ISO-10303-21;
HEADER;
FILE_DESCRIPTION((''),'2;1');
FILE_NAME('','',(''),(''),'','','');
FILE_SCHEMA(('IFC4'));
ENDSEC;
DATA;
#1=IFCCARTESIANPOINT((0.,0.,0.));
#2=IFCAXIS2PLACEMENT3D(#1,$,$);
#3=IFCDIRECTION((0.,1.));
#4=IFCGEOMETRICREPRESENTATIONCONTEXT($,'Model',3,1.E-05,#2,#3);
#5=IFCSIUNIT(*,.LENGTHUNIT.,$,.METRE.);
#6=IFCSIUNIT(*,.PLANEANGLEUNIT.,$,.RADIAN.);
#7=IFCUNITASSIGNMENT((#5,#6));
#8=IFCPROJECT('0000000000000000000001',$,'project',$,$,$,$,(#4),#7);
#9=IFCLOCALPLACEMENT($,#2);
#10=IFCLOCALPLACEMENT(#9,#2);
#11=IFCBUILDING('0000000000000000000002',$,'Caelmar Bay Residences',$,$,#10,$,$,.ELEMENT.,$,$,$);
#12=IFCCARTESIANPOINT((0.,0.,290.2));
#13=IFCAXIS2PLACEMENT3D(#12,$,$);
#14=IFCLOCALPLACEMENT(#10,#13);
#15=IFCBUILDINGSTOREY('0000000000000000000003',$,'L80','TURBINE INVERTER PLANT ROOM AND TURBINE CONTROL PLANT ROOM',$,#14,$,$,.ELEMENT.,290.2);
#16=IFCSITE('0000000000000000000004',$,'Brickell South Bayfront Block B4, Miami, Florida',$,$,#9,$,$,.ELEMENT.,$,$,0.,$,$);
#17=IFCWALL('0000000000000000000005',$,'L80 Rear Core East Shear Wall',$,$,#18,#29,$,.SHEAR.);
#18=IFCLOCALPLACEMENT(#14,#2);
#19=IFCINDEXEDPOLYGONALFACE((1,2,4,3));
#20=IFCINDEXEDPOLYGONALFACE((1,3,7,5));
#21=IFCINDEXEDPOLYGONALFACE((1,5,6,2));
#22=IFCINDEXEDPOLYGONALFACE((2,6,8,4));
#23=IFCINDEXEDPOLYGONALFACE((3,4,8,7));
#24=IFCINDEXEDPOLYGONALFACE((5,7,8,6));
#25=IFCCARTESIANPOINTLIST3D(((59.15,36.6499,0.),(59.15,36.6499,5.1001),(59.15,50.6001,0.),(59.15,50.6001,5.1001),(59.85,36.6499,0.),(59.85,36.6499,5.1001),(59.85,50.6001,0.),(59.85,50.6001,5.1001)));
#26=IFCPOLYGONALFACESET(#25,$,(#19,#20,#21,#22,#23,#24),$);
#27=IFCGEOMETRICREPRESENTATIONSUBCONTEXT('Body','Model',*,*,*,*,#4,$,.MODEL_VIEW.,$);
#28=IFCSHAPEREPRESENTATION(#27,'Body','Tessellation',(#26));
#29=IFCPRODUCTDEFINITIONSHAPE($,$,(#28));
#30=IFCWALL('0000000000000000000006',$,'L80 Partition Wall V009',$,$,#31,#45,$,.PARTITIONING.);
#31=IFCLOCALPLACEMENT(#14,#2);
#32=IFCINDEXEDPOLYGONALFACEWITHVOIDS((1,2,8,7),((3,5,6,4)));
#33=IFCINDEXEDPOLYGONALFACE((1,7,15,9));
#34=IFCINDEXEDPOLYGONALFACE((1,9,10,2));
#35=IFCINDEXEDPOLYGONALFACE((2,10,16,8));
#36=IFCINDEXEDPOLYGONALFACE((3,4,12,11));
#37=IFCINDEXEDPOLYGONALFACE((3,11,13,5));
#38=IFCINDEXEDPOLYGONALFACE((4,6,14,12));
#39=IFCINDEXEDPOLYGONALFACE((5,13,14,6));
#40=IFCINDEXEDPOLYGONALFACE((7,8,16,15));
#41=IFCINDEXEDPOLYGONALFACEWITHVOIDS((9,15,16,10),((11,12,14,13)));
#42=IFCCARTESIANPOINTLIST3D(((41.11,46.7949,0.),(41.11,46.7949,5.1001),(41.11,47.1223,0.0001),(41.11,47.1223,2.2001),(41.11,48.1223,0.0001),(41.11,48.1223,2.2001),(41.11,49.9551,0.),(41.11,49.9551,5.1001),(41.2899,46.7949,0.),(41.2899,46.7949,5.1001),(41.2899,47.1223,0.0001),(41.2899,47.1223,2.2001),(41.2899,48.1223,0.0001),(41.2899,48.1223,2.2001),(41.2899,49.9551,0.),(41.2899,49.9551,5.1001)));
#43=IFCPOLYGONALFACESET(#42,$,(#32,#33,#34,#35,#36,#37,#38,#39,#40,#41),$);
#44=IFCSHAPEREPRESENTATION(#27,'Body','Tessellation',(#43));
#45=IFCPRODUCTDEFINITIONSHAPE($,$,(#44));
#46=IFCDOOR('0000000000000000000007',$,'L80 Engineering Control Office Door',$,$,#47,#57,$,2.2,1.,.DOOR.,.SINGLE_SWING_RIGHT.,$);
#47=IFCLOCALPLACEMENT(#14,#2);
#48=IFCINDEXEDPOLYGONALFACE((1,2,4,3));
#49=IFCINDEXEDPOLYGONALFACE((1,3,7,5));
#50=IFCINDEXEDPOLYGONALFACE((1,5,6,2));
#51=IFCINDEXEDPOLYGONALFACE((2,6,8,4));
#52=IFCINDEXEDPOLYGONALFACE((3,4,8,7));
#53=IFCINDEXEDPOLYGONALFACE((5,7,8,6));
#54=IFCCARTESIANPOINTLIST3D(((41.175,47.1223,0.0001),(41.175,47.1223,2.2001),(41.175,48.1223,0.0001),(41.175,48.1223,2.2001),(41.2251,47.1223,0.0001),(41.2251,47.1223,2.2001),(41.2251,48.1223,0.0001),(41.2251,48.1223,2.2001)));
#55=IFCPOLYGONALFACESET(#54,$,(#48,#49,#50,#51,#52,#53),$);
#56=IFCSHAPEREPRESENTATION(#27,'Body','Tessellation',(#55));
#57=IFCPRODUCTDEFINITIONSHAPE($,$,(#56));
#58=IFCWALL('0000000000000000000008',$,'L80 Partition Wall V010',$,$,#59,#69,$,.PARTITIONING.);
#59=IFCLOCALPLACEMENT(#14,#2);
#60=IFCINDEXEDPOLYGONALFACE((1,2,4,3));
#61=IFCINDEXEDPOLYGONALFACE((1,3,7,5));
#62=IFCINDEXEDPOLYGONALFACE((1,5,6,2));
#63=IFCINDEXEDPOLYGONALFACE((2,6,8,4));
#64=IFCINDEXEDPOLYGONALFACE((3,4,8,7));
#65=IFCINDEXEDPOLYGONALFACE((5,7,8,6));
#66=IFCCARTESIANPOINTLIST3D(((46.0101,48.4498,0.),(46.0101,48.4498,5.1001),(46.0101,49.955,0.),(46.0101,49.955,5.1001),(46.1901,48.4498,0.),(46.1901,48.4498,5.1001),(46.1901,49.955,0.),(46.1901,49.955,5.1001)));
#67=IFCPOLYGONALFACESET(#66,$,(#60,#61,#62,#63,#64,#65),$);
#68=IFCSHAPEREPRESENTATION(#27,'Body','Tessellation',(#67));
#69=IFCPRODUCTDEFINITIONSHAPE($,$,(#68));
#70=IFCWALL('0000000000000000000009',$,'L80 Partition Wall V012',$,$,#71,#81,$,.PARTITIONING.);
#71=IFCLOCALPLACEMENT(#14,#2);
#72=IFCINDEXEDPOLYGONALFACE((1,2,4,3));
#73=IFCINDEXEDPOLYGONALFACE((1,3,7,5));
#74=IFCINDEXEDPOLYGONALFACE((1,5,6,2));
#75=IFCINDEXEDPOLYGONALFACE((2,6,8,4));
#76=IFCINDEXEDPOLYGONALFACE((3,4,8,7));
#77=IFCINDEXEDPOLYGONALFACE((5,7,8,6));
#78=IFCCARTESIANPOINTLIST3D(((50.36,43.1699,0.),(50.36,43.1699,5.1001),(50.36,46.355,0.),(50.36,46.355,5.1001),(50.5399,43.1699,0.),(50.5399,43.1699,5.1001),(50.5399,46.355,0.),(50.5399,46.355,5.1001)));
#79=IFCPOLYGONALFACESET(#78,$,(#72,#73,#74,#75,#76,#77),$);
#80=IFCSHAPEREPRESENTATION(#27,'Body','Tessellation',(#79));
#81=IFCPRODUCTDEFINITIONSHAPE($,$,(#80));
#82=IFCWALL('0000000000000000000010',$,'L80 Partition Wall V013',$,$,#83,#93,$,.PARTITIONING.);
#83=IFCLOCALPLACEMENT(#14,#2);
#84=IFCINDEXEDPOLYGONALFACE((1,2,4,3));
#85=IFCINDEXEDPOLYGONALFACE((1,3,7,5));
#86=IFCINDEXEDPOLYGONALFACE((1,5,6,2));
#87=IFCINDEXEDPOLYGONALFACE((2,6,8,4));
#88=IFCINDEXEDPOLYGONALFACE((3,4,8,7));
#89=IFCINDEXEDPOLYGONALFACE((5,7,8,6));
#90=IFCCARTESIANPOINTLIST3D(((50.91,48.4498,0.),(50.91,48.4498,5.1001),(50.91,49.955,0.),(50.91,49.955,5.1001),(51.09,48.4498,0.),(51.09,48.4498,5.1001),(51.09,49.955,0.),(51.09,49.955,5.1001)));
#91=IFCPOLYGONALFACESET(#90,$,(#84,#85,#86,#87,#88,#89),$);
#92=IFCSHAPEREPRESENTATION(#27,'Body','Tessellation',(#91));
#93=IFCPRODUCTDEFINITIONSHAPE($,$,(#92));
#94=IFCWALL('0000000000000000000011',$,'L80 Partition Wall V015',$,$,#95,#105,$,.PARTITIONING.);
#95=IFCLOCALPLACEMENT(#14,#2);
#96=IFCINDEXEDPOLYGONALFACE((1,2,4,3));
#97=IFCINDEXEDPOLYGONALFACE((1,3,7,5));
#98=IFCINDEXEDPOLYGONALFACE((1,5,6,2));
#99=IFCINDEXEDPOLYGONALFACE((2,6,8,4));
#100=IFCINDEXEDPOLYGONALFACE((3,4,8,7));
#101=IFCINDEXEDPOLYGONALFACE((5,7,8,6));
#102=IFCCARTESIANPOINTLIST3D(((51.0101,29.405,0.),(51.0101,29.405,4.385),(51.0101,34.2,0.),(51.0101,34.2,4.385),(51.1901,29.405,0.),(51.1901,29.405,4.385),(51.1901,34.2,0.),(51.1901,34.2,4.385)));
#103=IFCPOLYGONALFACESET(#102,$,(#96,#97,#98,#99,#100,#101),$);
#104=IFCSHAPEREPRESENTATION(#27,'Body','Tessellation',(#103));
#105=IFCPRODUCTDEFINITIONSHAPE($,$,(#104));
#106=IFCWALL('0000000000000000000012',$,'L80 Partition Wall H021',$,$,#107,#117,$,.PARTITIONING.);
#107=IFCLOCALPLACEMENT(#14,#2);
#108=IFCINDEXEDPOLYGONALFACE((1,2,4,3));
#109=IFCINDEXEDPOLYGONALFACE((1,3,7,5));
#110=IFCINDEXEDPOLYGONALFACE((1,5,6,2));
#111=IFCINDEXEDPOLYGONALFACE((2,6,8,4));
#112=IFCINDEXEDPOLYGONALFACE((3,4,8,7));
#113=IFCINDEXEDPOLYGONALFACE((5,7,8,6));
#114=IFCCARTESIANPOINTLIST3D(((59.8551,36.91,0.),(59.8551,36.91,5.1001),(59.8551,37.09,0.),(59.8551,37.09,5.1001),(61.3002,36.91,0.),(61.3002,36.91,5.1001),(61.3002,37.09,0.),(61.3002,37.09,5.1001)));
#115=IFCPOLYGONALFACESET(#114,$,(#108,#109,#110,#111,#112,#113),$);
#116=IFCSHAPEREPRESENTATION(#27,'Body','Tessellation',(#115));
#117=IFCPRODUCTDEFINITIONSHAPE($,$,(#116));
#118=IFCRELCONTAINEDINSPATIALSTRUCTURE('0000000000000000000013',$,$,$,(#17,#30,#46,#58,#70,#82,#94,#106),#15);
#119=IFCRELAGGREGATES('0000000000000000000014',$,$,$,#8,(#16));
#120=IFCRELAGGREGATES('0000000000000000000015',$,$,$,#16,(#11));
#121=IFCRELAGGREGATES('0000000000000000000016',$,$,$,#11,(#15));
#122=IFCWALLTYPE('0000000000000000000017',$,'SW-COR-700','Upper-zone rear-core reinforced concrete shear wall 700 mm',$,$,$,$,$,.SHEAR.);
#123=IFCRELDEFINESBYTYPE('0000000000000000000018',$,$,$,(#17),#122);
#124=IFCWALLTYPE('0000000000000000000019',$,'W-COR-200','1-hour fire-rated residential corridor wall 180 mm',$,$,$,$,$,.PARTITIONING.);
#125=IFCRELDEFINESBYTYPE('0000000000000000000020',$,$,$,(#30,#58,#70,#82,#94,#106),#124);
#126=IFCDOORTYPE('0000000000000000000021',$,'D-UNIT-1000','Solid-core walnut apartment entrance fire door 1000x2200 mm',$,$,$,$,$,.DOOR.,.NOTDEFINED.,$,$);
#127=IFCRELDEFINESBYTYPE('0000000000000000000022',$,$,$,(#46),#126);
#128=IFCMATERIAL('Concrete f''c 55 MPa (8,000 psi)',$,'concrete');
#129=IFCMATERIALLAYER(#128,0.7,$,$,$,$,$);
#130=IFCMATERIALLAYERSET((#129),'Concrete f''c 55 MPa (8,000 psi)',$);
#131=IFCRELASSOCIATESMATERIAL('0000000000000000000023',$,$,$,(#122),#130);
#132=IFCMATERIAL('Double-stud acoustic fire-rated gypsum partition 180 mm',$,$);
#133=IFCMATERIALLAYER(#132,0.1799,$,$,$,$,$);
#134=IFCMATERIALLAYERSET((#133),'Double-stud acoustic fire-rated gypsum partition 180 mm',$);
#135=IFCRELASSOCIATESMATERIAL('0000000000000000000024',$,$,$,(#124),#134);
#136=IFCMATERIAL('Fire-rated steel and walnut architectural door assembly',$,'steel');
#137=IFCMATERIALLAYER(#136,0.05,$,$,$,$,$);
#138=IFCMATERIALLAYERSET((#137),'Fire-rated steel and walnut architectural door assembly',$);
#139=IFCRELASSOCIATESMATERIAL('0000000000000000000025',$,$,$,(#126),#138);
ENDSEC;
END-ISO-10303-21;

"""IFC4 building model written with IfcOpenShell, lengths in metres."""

from ifc_helpers import new_model, si_unit, direction, frame, frame_2d, origin, place, context, subcontext, project, spatial, rectangle, extrude, material, layer, layer_set, type_object, element, fill, save


model = new_model("IFC4")

# Units and contexts
model_context = context("Model", 3, precision=1e-05, world=origin(), true_north=direction((0.0, 1.0)))
body_context = subcontext(model_context, "Body", "Model", "MODEL_VIEW")
ifc_project = project(units=[si_unit("LENGTHUNIT", "METRE"), si_unit("PLANEANGLEUNIT", "RADIAN")], contexts=[model_context])

# Site, building, storey
site_placement = place(None, origin())
site = spatial("IfcSite", under=ifc_project, at=site_placement, Name="Brickell South Bayfront Block B4, Miami, Florida", CompositionType="ELEMENT", RefElevation=0.0)
building_placement = place(site_placement, origin())
building = spatial("IfcBuilding", under=site, at=building_placement, Name="Caelmar Bay Residences", CompositionType="ELEMENT")
storey_placement = place(building_placement, frame((0.0, 0.0, 290.2)))
storey = spatial("IfcBuildingStorey", under=building, at=storey_placement, Name="L80", Description="TURBINE INVERTER PLANT ROOM AND TURBINE CONTROL PLANT ROOM", CompositionType="ELEMENT", Elevation=290.2)

# Shared definitions
ifc_material_1 = material(Name="Concrete f'c 55 MPa (8,000 psi)", Category="concrete")

# Wall
ifc_layer_1 = layer(ifc_material_1, 0.7)
ifc_layer_set_1 = layer_set([ifc_layer_1], Name="Concrete f'c 55 MPa (8,000 psi)")
wall_type_1 = type_object("IfcWallType", Name="SW-COR-700", Description="Upper-zone rear-core reinforced concrete shear wall 700 mm", PredefinedType="SHEAR", material=ifc_layer_set_1)
wall_1_placement = place(storey_placement, frame((59.5, 36.6499, 0.0), z_axis=(0.0, 0.0, 1.0), x_axis=(0.0, 1.0, 0.0)))
element("IfcWall", 1, at=wall_1_placement, inside=storey, type_object=wall_type_1, Name="L80 Rear Core East Shear Wall", PredefinedType="SHEAR", context=body_context, shape_type="SweptSolid", body=[
    extrude(rectangle(XDim=13.9502, YDim=0.7, at=frame_2d((6.9751, 0.0))), origin(), (0.0, 0.0, 1.0), 5.1001),
])

# Wall, opening, door
ifc_material_2 = material(Name="Fire-rated steel and walnut architectural door assembly", Category="steel")
ifc_material_3 = material(Name="Double-stud acoustic fire-rated gypsum partition 180 mm")
ifc_layer_2 = layer(ifc_material_3, 0.1799)
ifc_layer_set_2 = layer_set([ifc_layer_2], Name="Double-stud acoustic fire-rated gypsum partition 180 mm")
wall_type_2 = type_object("IfcWallType", Name="W-COR-200", Description="1-hour fire-rated residential corridor wall 180 mm", PredefinedType="PARTITIONING", material=ifc_layer_set_2)
wall_2_placement = place(storey_placement, frame((41.2, 46.7949, 0.0), z_axis=(0.0, 0.0, 1.0), x_axis=(0.0, 1.0, 0.0)))
wall_2 = element("IfcWall", 2, at=wall_2_placement, inside=storey, type_object=wall_type_2, Name="L80 Partition Wall V009", PredefinedType="PARTITIONING", context=body_context, shape_type="SweptSolid", body=[
    extrude(rectangle(XDim=3.1602, YDim=0.1799, at=frame_2d((1.5801, 0.0))), origin(), (0.0, 0.0, 1.0), 5.1001),
])
opening_1_placement = place(wall_2_placement, frame((0.3274, 0.0, 0.0)))
opening_1 = element("IfcOpeningElement", 3, at=opening_1_placement, cuts=wall_2, PredefinedType="OPENING", context=body_context, shape_type="SweptSolid", body=[
    extrude(rectangle(XDim=1.0, YDim=2.2, at=frame_2d((0.5, 1.1001))), frame((0.0, 0.0999, 0.0), z_axis=(0.0, -1.0, 0.0), x_axis=(1.0, 0.0, 0.0)), (0.0, 0.0, 1.0), 0.2),
])
ifc_layer_3 = layer(ifc_material_2, 0.05)
ifc_layer_set_3 = layer_set([ifc_layer_3], Name="Fire-rated steel and walnut architectural door assembly")
door_type_1 = type_object("IfcDoorType", Name="D-UNIT-1000", Description="Solid-core walnut apartment entrance fire door 1000x2200 mm", OperationType="NOTDEFINED", PredefinedType="DOOR", material=ifc_layer_set_3)
door_1_placement = place(opening_1_placement, origin())
door_1 = element("IfcDoor", 4, at=door_1_placement, inside=storey, type_object=door_type_1, Name="L80 Engineering Control Office Door", OperationType="SINGLE_SWING_RIGHT", OverallHeight=2.2, OverallWidth=1.0, PredefinedType="DOOR", context=body_context, shape_type="SweptSolid", body=[
    extrude(rectangle(XDim=1.0, YDim=2.2, at=frame_2d((0.5, 1.1001))), frame((0.0, 0.0249, 0.0), z_axis=(0.0, -1.0, 0.0), x_axis=(1.0, 0.0, 0.0)), (0.0, 0.0, 1.0), 0.05),
])
fill(opening_1, door_1)

# Walls
wall_3_placement = place(storey_placement, frame((46.1001, 48.45, 0.0), z_axis=(0.0, 0.0, 1.0), x_axis=(0.0, 1.0, 0.0)))
element("IfcWall", 5, at=wall_3_placement, inside=storey, type_object=wall_type_2, Name="L80 Partition Wall V010", PredefinedType="PARTITIONING", context=body_context, shape_type="SweptSolid", body=[
    extrude(rectangle(XDim=1.5051, YDim=0.1799, at=frame_2d((0.7524, 0.0))), origin(), (0.0, 0.0, 1.0), 5.1001),
])
wall_4_placement = place(storey_placement, frame((50.45, 43.1699, 0.0), z_axis=(0.0, 0.0, 1.0), x_axis=(0.0, 1.0, 0.0)))
element("IfcWall", 6, at=wall_4_placement, inside=storey, type_object=wall_type_2, Name="L80 Partition Wall V012", PredefinedType="PARTITIONING", context=body_context, shape_type="SweptSolid", body=[
    extrude(rectangle(XDim=3.1851, YDim=0.1799, at=frame_2d((1.5925, 0.0))), origin(), (0.0, 0.0, 1.0), 5.1001),
])
wall_5_placement = place(storey_placement, frame((51.0, 48.45, 0.0), z_axis=(0.0, 0.0, 1.0), x_axis=(0.0, 1.0, 0.0)))
element("IfcWall", 7, at=wall_5_placement, inside=storey, type_object=wall_type_2, Name="L80 Partition Wall V013", PredefinedType="PARTITIONING", context=body_context, shape_type="SweptSolid", body=[
    extrude(rectangle(XDim=1.5051, YDim=0.1799, at=frame_2d((0.7524, 0.0))), origin(), (0.0, 0.0, 1.0), 5.1001),
])
wall_6_placement = place(storey_placement, frame((51.1001, 29.405, 0.0), z_axis=(0.0, 0.0, 1.0), x_axis=(0.0, 1.0, 0.0)))
element("IfcWall", 8, at=wall_6_placement, inside=storey, type_object=wall_type_2, Name="L80 Partition Wall V015", PredefinedType="PARTITIONING", context=body_context, shape_type="SweptSolid", body=[
    extrude(rectangle(XDim=4.7949, YDim=0.1799, at=frame_2d((2.3975, 0.0))), origin(), (0.0, 0.0, 1.0), 4.385),
])
wall_7_placement = place(storey_placement, frame((59.855, 37.0, 0.0), z_axis=(0.0, 0.0, 1.0), x_axis=(1.0, 0.0, 0.0)))
element("IfcWall", 9, at=wall_7_placement, inside=storey, type_object=wall_type_2, Name="L80 Partition Wall H021", PredefinedType="PARTITIONING", context=body_context, shape_type="SweptSolid", body=[
    extrude(rectangle(XDim=1.4451, YDim=0.1799, at=frame_2d((0.7227, 0.0))), origin(), (0.0, 0.0, 1.0), 5.1001),
])

save(model, "model.ifc")
